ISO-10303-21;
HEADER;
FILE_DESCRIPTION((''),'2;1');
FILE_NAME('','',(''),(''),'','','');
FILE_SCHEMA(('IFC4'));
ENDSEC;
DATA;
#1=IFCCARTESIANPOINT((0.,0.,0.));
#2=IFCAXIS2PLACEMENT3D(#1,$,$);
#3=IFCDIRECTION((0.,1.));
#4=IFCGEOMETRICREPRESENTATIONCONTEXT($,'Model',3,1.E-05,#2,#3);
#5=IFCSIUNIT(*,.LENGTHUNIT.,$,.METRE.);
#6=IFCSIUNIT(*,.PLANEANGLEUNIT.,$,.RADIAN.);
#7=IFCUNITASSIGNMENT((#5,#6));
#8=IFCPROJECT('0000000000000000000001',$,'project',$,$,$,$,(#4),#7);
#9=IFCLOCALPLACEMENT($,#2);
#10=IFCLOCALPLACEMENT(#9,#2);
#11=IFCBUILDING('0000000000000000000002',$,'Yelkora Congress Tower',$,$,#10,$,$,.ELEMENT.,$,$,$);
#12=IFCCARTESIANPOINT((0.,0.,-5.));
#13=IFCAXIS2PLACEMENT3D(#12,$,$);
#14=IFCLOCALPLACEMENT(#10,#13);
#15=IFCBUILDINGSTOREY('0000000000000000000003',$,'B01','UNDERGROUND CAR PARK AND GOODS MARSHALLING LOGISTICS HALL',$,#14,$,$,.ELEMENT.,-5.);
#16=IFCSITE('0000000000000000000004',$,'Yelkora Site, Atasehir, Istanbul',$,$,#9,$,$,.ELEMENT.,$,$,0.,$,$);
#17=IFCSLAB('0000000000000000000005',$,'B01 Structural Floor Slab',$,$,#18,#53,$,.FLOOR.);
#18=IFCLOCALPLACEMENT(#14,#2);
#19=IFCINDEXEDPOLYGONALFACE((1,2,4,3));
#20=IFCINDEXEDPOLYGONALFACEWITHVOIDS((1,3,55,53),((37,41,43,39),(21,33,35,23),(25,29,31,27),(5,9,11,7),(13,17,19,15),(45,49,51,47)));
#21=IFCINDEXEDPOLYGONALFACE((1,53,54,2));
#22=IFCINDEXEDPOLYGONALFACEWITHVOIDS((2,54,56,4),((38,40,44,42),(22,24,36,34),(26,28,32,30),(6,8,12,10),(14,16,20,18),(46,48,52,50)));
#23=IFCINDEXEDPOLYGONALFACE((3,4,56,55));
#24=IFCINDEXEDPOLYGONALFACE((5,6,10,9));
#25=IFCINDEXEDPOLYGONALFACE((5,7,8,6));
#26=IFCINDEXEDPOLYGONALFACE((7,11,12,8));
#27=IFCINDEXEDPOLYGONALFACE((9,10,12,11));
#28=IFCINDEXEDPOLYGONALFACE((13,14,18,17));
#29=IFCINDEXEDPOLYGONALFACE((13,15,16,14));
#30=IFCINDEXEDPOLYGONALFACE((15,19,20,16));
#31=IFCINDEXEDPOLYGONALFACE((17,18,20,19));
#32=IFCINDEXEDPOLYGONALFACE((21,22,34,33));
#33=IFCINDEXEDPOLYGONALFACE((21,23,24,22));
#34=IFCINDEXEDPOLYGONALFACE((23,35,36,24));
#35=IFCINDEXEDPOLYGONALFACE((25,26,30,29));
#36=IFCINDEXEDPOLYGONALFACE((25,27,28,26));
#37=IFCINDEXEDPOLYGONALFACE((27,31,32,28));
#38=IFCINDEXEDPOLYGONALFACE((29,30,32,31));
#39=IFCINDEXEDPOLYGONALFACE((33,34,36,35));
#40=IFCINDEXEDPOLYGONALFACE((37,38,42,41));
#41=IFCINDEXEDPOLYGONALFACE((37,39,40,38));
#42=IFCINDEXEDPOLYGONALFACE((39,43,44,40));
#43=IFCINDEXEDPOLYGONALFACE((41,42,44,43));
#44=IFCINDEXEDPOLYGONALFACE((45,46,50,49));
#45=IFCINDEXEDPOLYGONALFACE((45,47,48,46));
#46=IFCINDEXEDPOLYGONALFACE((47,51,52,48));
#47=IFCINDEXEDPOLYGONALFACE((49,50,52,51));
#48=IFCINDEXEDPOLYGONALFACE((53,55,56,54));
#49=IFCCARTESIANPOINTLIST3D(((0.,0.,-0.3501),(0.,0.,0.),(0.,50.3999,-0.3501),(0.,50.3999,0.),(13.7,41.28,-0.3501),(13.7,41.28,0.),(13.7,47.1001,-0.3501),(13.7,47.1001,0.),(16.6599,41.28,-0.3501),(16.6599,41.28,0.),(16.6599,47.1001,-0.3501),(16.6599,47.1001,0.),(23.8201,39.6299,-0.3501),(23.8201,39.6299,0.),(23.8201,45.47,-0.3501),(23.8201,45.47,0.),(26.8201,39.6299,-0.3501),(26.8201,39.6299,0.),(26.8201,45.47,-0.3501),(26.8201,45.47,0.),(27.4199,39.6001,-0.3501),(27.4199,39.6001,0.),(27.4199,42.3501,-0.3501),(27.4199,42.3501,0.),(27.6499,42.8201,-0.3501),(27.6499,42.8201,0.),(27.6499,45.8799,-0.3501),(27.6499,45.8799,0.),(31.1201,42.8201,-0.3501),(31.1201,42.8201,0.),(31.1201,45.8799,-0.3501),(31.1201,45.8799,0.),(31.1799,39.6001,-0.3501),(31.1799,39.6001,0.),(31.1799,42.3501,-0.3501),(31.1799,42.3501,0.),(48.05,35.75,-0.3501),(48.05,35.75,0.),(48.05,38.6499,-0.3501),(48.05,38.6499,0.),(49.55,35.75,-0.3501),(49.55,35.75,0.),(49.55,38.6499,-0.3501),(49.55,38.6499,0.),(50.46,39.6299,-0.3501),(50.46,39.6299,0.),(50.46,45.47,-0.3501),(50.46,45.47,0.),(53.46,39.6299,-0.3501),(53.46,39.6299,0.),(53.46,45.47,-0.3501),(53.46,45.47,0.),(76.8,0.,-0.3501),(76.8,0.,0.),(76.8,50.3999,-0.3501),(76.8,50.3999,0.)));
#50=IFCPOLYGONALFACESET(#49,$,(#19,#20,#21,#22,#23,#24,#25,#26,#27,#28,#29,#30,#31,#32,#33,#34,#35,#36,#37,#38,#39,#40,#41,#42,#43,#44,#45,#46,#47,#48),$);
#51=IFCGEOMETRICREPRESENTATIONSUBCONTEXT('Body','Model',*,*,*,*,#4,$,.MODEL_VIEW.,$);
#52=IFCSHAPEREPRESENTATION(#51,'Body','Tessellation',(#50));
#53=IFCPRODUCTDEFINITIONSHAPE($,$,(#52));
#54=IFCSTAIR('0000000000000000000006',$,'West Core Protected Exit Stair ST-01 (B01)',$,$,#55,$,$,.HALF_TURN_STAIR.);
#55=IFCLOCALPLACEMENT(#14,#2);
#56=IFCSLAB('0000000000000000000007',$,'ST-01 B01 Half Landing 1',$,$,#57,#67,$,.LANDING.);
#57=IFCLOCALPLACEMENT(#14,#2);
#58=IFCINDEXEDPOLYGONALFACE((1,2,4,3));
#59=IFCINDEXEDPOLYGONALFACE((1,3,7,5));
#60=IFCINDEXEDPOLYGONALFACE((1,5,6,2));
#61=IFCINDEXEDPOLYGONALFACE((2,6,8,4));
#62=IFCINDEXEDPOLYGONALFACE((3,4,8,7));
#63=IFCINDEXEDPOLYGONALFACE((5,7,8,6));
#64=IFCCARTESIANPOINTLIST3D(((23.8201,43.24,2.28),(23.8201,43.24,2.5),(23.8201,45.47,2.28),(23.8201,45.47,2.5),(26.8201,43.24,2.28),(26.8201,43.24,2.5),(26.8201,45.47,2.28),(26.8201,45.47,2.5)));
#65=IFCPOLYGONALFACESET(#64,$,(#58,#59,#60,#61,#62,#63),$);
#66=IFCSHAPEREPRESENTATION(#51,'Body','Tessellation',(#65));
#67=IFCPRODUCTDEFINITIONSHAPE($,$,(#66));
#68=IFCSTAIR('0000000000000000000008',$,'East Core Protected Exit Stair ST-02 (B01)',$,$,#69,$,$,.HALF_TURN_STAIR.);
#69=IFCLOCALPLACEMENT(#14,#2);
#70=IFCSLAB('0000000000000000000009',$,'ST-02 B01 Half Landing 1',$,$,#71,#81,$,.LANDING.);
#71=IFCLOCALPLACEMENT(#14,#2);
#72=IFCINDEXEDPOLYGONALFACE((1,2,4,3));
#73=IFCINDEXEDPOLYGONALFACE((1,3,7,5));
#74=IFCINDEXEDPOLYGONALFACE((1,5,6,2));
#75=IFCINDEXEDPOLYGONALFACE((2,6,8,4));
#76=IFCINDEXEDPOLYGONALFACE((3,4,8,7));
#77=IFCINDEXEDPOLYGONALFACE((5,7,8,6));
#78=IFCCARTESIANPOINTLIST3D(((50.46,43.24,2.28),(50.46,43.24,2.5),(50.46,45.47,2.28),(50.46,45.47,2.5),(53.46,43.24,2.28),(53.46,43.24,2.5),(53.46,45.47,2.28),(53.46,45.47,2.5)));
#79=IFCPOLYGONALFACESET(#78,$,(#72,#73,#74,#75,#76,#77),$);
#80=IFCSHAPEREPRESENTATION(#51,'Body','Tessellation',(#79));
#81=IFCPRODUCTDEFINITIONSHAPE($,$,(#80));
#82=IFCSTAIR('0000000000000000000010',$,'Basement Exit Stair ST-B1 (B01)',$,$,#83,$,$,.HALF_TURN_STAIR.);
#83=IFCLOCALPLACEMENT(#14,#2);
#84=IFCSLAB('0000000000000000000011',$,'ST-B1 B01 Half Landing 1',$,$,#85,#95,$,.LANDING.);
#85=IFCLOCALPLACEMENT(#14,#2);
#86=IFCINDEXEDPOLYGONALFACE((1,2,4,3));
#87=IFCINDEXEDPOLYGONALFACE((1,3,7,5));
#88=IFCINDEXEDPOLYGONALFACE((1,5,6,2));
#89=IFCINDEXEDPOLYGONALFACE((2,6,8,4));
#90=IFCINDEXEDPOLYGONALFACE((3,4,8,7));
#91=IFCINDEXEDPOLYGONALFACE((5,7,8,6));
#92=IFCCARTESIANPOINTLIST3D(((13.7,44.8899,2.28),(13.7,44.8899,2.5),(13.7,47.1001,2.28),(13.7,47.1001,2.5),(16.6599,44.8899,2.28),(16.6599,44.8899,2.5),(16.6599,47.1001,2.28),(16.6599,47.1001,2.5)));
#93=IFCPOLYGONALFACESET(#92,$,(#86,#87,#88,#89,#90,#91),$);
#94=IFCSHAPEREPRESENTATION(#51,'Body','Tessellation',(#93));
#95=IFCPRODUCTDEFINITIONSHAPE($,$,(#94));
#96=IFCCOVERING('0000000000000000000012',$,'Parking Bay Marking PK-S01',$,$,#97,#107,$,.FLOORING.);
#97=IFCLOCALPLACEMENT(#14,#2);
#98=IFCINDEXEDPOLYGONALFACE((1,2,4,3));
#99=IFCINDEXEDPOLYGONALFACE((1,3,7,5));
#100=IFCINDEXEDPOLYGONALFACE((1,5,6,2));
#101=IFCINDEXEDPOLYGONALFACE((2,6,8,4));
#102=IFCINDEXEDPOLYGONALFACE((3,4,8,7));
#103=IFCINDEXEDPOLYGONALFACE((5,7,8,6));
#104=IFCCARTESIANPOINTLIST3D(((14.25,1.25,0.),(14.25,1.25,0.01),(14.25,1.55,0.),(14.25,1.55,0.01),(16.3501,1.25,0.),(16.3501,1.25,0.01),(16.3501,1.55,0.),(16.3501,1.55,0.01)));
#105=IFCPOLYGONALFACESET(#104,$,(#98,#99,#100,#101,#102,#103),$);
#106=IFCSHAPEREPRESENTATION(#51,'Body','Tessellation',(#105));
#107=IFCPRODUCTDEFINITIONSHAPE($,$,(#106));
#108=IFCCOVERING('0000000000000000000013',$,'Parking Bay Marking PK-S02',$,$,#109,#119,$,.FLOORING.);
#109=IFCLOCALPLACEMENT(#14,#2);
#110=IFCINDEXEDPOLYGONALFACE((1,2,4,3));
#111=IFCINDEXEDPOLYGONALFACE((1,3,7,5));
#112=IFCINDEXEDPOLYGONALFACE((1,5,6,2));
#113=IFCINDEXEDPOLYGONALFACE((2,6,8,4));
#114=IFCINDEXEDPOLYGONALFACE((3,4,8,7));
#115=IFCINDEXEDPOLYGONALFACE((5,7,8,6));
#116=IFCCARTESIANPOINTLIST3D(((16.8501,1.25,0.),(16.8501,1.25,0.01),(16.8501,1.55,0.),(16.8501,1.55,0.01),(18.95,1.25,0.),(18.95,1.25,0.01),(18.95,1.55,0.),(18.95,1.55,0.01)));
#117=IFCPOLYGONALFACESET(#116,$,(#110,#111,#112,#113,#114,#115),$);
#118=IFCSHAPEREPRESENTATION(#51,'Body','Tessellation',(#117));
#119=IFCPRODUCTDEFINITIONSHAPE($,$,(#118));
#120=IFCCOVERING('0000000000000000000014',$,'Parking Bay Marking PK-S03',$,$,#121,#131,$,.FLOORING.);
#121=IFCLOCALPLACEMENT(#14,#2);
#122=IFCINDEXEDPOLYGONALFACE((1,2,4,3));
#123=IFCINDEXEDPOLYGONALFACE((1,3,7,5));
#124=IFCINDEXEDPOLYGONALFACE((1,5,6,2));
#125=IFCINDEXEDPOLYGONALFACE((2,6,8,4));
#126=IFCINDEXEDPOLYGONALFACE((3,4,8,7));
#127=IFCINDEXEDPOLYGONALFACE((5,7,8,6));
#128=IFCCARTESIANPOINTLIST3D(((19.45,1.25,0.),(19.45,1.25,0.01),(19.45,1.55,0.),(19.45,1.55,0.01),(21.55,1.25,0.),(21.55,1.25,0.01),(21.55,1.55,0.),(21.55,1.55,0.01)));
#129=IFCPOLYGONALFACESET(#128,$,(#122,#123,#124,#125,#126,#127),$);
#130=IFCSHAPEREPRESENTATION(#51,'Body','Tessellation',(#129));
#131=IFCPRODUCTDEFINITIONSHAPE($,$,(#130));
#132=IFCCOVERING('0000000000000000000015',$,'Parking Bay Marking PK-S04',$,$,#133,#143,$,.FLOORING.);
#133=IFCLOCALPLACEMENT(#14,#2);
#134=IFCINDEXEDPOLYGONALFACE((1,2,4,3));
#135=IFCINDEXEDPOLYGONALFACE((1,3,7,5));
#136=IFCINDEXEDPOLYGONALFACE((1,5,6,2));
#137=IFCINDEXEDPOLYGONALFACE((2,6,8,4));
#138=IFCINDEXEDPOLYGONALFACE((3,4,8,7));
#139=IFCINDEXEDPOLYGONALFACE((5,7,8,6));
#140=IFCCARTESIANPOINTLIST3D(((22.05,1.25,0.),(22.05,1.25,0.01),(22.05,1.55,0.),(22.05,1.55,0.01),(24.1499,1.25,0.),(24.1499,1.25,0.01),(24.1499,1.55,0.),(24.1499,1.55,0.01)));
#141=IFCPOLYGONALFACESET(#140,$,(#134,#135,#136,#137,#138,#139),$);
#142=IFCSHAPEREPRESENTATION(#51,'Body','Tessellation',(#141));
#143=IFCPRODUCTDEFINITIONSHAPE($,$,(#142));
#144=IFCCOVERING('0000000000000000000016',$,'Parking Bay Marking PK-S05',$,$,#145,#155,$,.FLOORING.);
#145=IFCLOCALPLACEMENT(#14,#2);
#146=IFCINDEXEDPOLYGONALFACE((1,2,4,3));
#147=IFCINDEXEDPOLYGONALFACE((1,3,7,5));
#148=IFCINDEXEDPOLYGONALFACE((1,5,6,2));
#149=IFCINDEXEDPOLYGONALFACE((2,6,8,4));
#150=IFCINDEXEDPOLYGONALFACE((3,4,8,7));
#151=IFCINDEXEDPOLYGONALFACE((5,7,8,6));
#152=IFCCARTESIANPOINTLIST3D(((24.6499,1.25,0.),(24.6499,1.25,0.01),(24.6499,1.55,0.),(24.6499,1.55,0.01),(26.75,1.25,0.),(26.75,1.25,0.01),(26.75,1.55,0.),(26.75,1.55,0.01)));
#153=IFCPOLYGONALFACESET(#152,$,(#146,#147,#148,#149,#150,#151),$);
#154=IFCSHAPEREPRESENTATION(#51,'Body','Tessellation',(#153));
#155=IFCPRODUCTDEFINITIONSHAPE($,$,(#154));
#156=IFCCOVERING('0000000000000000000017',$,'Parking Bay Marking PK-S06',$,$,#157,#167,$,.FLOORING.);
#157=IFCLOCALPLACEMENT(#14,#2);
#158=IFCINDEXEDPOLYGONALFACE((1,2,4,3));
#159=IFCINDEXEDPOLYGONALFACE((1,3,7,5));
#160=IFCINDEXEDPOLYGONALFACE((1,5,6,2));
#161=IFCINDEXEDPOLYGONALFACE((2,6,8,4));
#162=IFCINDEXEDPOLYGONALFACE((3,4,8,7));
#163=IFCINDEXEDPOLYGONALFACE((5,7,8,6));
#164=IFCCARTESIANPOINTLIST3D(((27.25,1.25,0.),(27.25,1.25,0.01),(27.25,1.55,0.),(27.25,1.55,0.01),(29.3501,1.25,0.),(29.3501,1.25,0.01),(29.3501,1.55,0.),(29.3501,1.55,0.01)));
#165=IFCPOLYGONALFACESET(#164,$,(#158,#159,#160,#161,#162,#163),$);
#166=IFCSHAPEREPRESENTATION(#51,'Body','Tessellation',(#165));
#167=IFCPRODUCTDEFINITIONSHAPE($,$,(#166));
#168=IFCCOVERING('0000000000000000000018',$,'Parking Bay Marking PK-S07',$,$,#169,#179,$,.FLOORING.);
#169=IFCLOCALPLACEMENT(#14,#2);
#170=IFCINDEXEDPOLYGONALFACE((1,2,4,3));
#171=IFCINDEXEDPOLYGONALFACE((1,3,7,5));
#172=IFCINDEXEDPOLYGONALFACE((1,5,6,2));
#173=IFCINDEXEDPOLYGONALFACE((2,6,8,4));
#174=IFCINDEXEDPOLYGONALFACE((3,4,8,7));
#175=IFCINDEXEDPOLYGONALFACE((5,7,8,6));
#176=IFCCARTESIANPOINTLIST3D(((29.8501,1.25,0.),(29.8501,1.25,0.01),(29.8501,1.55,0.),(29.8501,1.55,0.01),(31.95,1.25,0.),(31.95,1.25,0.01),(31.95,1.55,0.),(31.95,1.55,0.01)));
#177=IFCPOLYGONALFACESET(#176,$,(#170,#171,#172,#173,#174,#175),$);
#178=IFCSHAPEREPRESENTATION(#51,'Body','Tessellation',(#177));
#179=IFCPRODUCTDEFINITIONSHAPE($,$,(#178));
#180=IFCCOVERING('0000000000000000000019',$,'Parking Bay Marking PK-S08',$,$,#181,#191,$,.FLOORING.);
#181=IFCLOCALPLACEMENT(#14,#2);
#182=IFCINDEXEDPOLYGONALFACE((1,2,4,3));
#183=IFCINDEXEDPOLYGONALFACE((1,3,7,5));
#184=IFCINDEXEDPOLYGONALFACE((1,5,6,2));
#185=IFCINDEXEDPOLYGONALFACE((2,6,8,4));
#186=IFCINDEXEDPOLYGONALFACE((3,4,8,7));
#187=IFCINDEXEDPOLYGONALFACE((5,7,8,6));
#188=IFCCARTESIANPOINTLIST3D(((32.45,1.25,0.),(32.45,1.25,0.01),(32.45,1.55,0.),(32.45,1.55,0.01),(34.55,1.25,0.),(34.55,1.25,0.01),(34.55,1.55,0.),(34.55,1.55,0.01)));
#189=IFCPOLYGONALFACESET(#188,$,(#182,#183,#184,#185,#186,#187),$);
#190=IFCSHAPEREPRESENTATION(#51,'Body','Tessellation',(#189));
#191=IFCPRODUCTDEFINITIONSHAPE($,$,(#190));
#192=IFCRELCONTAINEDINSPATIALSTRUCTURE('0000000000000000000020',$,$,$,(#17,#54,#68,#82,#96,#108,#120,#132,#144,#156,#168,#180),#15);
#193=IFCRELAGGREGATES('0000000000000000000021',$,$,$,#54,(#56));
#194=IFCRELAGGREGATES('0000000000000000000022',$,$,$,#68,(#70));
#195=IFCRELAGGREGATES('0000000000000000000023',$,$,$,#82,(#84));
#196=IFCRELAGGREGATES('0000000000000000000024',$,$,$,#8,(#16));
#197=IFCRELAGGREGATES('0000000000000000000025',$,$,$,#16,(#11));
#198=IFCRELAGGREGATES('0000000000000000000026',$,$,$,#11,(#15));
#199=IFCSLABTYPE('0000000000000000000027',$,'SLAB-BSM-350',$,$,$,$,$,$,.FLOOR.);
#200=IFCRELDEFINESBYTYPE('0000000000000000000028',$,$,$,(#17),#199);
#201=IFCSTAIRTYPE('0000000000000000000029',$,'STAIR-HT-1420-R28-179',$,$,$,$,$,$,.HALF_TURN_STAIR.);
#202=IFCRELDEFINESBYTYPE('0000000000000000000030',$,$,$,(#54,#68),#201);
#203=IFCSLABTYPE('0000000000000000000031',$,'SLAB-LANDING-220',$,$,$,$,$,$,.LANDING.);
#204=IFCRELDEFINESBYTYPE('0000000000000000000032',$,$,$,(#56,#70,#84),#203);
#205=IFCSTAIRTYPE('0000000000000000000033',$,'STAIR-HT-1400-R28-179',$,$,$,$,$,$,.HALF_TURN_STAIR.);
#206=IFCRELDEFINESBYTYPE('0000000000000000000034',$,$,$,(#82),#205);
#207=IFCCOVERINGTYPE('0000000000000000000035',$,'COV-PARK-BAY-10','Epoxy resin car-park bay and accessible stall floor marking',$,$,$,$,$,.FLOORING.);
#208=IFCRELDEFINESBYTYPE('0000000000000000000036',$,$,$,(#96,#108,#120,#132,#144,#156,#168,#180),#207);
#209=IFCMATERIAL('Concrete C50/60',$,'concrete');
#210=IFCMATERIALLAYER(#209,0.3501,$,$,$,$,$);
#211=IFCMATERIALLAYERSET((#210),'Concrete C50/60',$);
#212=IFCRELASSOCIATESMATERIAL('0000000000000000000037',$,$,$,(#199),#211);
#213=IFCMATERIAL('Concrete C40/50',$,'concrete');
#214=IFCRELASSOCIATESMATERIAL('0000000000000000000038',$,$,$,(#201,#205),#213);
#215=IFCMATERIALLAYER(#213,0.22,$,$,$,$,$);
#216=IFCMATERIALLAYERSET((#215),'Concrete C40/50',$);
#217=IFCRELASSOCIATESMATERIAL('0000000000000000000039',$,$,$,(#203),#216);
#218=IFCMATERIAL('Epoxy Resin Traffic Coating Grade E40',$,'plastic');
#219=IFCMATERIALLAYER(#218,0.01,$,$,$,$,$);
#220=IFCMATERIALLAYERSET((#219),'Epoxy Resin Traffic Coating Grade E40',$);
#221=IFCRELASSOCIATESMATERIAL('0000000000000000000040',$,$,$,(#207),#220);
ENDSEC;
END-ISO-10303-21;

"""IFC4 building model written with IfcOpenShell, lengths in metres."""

from ifc_helpers import new_model, si_unit, direction, frame, origin, place, context, subcontext, project, spatial, polyline, outline, extrude, material, layer, layer_set, type_object, element, aggregate, save


model = new_model("IFC4")

# Units and contexts
model_context = context("Model", 3, precision=1e-05, world=origin(), true_north=direction((0.0, 1.0)))
body_context = subcontext(model_context, "Body", "Model", "MODEL_VIEW")
ifc_project = project(units=[si_unit("LENGTHUNIT", "METRE"), si_unit("PLANEANGLEUNIT", "RADIAN")], contexts=[model_context])

# Site, building, storey
site_placement = place(None, origin())
site = spatial("IfcSite", under=ifc_project, at=site_placement, Name="Yelkora Site, Atasehir, Istanbul", CompositionType="ELEMENT", RefElevation=0.0)
building_placement = place(site_placement, origin())
building = spatial("IfcBuilding", under=site, at=building_placement, Name="Yelkora Congress Tower", CompositionType="ELEMENT")
storey_placement = place(building_placement, frame((0.0, 0.0, -5.0)))
storey = spatial("IfcBuildingStorey", under=building, at=storey_placement, Name="B01", Description="UNDERGROUND CAR PARK AND GOODS MARSHALLING LOGISTICS HALL", CompositionType="ELEMENT", Elevation=-5.0)

# Slab
ifc_material_1 = material(Name="Concrete C50/60", Category="concrete")
ifc_layer_1 = layer(ifc_material_1, 0.3501)
ifc_layer_set_1 = layer_set([ifc_layer_1], Name="Concrete C50/60")
slab_type_1 = type_object("IfcSlabType", Name="SLAB-BSM-350", PredefinedType="FLOOR", material=ifc_layer_set_1)
slab_1_placement = place(storey_placement, frame((0.0, 0.0, -0.3501)))
element("IfcSlab", 1, at=slab_1_placement, inside=storey, type_object=slab_type_1, Name="B01 Structural Floor Slab", PredefinedType="FLOOR", context=body_context, shape_type="SweptSolid", body=[
    extrude(outline(polyline([(0.0, 0.0), (76.8, 0.0), (76.8, 50.3999), (0.0, 50.3999), (0.0, 0.0)]), holes=[polyline([(23.8201, 39.6299), (26.8201, 39.6299), (26.8201, 45.47), (23.8201, 45.47), (23.8201, 39.6299)]), polyline([(50.46, 39.6299), (53.46, 39.6299), (53.46, 45.47), (50.46, 45.47), (50.46, 39.6299)]), polyline([(13.7, 41.28), (16.6599, 41.28), (16.6599, 47.1001), (13.7, 47.1001), (13.7, 41.28)]), polyline([(48.05, 35.75), (49.55, 35.75), (49.55, 38.6499), (48.05, 38.6499), (48.05, 35.75)]), polyline([(27.4199, 39.6001), (31.1799, 39.6001), (31.1799, 42.3501), (27.4199, 42.3501), (27.4199, 39.6001)]), polyline([(27.6499, 42.8201), (31.1201, 42.8201), (31.1201, 45.8799), (27.6499, 45.8799), (27.6499, 42.8201)])]), origin(), (0.0, 0.0, 1.0), 0.3501),
])

# Stairs, slabs
ifc_material_2 = material(Name="Concrete C40/50", Category="concrete")
stair_type_1 = type_object("IfcStairType", Name="STAIR-HT-1420-R28-179", PredefinedType="HALF_TURN_STAIR", material=ifc_material_2)
stair_1_placement = place(storey_placement, origin())
stair_1 = element("IfcStair", 2, at=stair_1_placement, inside=storey, type_object=stair_type_1, Name="West Core Protected Exit Stair ST-01 (B01)", PredefinedType="HALF_TURN_STAIR")
ifc_layer_2 = layer(ifc_material_2, 0.22)
ifc_layer_set_2 = layer_set([ifc_layer_2], Name="Concrete C40/50")
slab_type_2 = type_object("IfcSlabType", Name="SLAB-LANDING-220", PredefinedType="LANDING", material=ifc_layer_set_2)
slab_2_placement = place(storey_placement, frame((0.0, 0.0, 2.28)))
slab_2 = element("IfcSlab", 3, at=slab_2_placement, type_object=slab_type_2, Name="ST-01 B01 Half Landing 1", PredefinedType="LANDING", context=body_context, shape_type="SweptSolid", body=[
    extrude(outline(polyline([(26.8201, 43.24), (26.8201, 45.47), (23.8201, 45.47), (23.8201, 43.24), (26.8201, 43.24)])), origin(), (0.0, 0.0, 1.0), 0.22),
])
aggregate(stair_1, [slab_2])
stair_2_placement = place(storey_placement, origin())
stair_2 = element("IfcStair", 4, at=stair_2_placement, inside=storey, type_object=stair_type_1, Name="East Core Protected Exit Stair ST-02 (B01)", PredefinedType="HALF_TURN_STAIR")
slab_3_placement = place(storey_placement, frame((0.0, 0.0, 2.28)))
slab_3 = element("IfcSlab", 5, at=slab_3_placement, type_object=slab_type_2, Name="ST-02 B01 Half Landing 1", PredefinedType="LANDING", context=body_context, shape_type="SweptSolid", body=[
    extrude(outline(polyline([(53.46, 43.24), (53.46, 45.47), (50.46, 45.47), (50.46, 43.24), (53.46, 43.24)])), origin(), (0.0, 0.0, 1.0), 0.22),
])
aggregate(stair_2, [slab_3])
stair_type_2 = type_object("IfcStairType", Name="STAIR-HT-1400-R28-179", PredefinedType="HALF_TURN_STAIR", material=ifc_material_2)
stair_3_placement = place(storey_placement, origin())
stair_3 = element("IfcStair", 6, at=stair_3_placement, inside=storey, type_object=stair_type_2, Name="Basement Exit Stair ST-B1 (B01)", PredefinedType="HALF_TURN_STAIR")
slab_4_placement = place(storey_placement, frame((0.0, 0.0, 2.28)))
slab_4 = element("IfcSlab", 7, at=slab_4_placement, type_object=slab_type_2, Name="ST-B1 B01 Half Landing 1", PredefinedType="LANDING", context=body_context, shape_type="SweptSolid", body=[
    extrude(outline(polyline([(16.6599, 44.8899), (16.6599, 47.1001), (13.7, 47.1001), (13.7, 44.8899), (16.6599, 44.8899)])), origin(), (0.0, 0.0, 1.0), 0.22),
])
aggregate(stair_3, [slab_4])

# Coverings
ifc_material_3 = material(Name="Epoxy Resin Traffic Coating Grade E40", Category="plastic")
ifc_layer_3 = layer(ifc_material_3, 0.01)
ifc_layer_set_3 = layer_set([ifc_layer_3], Name="Epoxy Resin Traffic Coating Grade E40")
covering_type = type_object("IfcCoveringType", Name="COV-PARK-BAY-10", Description="Epoxy resin car-park bay and accessible stall floor marking", PredefinedType="FLOORING", material=ifc_layer_set_3)
covering_1_placement = place(storey_placement, origin())
element("IfcCovering", 8, at=covering_1_placement, inside=storey, type_object=covering_type, Name="Parking Bay Marking PK-S01", PredefinedType="FLOORING", context=body_context, shape_type="SweptSolid", body=[
    extrude(outline(polyline([(14.25, 1.25), (16.3501, 1.25), (16.3501, 1.55), (14.25, 1.55), (14.25, 1.25)])), origin(), (0.0, 0.0, 1.0), 0.01),
])
covering_2_placement = place(storey_placement, origin())
element("IfcCovering", 9, at=covering_2_placement, inside=storey, type_object=covering_type, Name="Parking Bay Marking PK-S02", PredefinedType="FLOORING", context=body_context, shape_type="SweptSolid", body=[
    extrude(outline(polyline([(16.8501, 1.25), (18.95, 1.25), (18.95, 1.55), (16.8501, 1.55), (16.8501, 1.25)])), origin(), (0.0, 0.0, 1.0), 0.01),
])
covering_3_placement = place(storey_placement, origin())
element("IfcCovering", 10, at=covering_3_placement, inside=storey, type_object=covering_type, Name="Parking Bay Marking PK-S03", PredefinedType="FLOORING", context=body_context, shape_type="SweptSolid", body=[
    extrude(outline(polyline([(19.45, 1.25), (21.55, 1.25), (21.55, 1.55), (19.45, 1.55), (19.45, 1.25)])), origin(), (0.0, 0.0, 1.0), 0.01),
])
covering_4_placement = place(storey_placement, origin())
element("IfcCovering", 11, at=covering_4_placement, inside=storey, type_object=covering_type, Name="Parking Bay Marking PK-S04", PredefinedType="FLOORING", context=body_context, shape_type="SweptSolid", body=[
    extrude(outline(polyline([(22.05, 1.25), (24.1499, 1.25), (24.1499, 1.55), (22.05, 1.55), (22.05, 1.25)])), origin(), (0.0, 0.0, 1.0), 0.01),
])
covering_5_placement = place(storey_placement, origin())
element("IfcCovering", 12, at=covering_5_placement, inside=storey, type_object=covering_type, Name="Parking Bay Marking PK-S05", PredefinedType="FLOORING", context=body_context, shape_type="SweptSolid", body=[
    extrude(outline(polyline([(24.6499, 1.25), (26.75, 1.25), (26.75, 1.55), (24.6499, 1.55), (24.6499, 1.25)])), origin(), (0.0, 0.0, 1.0), 0.01),
])
covering_6_placement = place(storey_placement, origin())
element("IfcCovering", 13, at=covering_6_placement, inside=storey, type_object=covering_type, Name="Parking Bay Marking PK-S06", PredefinedType="FLOORING", context=body_context, shape_type="SweptSolid", body=[
    extrude(outline(polyline([(27.25, 1.25), (29.3501, 1.25), (29.3501, 1.55), (27.25, 1.55), (27.25, 1.25)])), origin(), (0.0, 0.0, 1.0), 0.01),
])
covering_7_placement = place(storey_placement, origin())
element("IfcCovering", 14, at=covering_7_placement, inside=storey, type_object=covering_type, Name="Parking Bay Marking PK-S07", PredefinedType="FLOORING", context=body_context, shape_type="SweptSolid", body=[
    extrude(outline(polyline([(29.8501, 1.25), (31.95, 1.25), (31.95, 1.55), (29.8501, 1.55), (29.8501, 1.25)])), origin(), (0.0, 0.0, 1.0), 0.01),
])
covering_8_placement = place(storey_placement, origin())
element("IfcCovering", 15, at=covering_8_placement, inside=storey, type_object=covering_type, Name="Parking Bay Marking PK-S08", PredefinedType="FLOORING", context=body_context, shape_type="SweptSolid", body=[
    extrude(outline(polyline([(32.45, 1.25), (34.55, 1.25), (34.55, 1.55), (32.45, 1.55), (32.45, 1.25)])), origin(), (0.0, 0.0, 1.0), 0.01),
])

save(model, "model.ifc")
